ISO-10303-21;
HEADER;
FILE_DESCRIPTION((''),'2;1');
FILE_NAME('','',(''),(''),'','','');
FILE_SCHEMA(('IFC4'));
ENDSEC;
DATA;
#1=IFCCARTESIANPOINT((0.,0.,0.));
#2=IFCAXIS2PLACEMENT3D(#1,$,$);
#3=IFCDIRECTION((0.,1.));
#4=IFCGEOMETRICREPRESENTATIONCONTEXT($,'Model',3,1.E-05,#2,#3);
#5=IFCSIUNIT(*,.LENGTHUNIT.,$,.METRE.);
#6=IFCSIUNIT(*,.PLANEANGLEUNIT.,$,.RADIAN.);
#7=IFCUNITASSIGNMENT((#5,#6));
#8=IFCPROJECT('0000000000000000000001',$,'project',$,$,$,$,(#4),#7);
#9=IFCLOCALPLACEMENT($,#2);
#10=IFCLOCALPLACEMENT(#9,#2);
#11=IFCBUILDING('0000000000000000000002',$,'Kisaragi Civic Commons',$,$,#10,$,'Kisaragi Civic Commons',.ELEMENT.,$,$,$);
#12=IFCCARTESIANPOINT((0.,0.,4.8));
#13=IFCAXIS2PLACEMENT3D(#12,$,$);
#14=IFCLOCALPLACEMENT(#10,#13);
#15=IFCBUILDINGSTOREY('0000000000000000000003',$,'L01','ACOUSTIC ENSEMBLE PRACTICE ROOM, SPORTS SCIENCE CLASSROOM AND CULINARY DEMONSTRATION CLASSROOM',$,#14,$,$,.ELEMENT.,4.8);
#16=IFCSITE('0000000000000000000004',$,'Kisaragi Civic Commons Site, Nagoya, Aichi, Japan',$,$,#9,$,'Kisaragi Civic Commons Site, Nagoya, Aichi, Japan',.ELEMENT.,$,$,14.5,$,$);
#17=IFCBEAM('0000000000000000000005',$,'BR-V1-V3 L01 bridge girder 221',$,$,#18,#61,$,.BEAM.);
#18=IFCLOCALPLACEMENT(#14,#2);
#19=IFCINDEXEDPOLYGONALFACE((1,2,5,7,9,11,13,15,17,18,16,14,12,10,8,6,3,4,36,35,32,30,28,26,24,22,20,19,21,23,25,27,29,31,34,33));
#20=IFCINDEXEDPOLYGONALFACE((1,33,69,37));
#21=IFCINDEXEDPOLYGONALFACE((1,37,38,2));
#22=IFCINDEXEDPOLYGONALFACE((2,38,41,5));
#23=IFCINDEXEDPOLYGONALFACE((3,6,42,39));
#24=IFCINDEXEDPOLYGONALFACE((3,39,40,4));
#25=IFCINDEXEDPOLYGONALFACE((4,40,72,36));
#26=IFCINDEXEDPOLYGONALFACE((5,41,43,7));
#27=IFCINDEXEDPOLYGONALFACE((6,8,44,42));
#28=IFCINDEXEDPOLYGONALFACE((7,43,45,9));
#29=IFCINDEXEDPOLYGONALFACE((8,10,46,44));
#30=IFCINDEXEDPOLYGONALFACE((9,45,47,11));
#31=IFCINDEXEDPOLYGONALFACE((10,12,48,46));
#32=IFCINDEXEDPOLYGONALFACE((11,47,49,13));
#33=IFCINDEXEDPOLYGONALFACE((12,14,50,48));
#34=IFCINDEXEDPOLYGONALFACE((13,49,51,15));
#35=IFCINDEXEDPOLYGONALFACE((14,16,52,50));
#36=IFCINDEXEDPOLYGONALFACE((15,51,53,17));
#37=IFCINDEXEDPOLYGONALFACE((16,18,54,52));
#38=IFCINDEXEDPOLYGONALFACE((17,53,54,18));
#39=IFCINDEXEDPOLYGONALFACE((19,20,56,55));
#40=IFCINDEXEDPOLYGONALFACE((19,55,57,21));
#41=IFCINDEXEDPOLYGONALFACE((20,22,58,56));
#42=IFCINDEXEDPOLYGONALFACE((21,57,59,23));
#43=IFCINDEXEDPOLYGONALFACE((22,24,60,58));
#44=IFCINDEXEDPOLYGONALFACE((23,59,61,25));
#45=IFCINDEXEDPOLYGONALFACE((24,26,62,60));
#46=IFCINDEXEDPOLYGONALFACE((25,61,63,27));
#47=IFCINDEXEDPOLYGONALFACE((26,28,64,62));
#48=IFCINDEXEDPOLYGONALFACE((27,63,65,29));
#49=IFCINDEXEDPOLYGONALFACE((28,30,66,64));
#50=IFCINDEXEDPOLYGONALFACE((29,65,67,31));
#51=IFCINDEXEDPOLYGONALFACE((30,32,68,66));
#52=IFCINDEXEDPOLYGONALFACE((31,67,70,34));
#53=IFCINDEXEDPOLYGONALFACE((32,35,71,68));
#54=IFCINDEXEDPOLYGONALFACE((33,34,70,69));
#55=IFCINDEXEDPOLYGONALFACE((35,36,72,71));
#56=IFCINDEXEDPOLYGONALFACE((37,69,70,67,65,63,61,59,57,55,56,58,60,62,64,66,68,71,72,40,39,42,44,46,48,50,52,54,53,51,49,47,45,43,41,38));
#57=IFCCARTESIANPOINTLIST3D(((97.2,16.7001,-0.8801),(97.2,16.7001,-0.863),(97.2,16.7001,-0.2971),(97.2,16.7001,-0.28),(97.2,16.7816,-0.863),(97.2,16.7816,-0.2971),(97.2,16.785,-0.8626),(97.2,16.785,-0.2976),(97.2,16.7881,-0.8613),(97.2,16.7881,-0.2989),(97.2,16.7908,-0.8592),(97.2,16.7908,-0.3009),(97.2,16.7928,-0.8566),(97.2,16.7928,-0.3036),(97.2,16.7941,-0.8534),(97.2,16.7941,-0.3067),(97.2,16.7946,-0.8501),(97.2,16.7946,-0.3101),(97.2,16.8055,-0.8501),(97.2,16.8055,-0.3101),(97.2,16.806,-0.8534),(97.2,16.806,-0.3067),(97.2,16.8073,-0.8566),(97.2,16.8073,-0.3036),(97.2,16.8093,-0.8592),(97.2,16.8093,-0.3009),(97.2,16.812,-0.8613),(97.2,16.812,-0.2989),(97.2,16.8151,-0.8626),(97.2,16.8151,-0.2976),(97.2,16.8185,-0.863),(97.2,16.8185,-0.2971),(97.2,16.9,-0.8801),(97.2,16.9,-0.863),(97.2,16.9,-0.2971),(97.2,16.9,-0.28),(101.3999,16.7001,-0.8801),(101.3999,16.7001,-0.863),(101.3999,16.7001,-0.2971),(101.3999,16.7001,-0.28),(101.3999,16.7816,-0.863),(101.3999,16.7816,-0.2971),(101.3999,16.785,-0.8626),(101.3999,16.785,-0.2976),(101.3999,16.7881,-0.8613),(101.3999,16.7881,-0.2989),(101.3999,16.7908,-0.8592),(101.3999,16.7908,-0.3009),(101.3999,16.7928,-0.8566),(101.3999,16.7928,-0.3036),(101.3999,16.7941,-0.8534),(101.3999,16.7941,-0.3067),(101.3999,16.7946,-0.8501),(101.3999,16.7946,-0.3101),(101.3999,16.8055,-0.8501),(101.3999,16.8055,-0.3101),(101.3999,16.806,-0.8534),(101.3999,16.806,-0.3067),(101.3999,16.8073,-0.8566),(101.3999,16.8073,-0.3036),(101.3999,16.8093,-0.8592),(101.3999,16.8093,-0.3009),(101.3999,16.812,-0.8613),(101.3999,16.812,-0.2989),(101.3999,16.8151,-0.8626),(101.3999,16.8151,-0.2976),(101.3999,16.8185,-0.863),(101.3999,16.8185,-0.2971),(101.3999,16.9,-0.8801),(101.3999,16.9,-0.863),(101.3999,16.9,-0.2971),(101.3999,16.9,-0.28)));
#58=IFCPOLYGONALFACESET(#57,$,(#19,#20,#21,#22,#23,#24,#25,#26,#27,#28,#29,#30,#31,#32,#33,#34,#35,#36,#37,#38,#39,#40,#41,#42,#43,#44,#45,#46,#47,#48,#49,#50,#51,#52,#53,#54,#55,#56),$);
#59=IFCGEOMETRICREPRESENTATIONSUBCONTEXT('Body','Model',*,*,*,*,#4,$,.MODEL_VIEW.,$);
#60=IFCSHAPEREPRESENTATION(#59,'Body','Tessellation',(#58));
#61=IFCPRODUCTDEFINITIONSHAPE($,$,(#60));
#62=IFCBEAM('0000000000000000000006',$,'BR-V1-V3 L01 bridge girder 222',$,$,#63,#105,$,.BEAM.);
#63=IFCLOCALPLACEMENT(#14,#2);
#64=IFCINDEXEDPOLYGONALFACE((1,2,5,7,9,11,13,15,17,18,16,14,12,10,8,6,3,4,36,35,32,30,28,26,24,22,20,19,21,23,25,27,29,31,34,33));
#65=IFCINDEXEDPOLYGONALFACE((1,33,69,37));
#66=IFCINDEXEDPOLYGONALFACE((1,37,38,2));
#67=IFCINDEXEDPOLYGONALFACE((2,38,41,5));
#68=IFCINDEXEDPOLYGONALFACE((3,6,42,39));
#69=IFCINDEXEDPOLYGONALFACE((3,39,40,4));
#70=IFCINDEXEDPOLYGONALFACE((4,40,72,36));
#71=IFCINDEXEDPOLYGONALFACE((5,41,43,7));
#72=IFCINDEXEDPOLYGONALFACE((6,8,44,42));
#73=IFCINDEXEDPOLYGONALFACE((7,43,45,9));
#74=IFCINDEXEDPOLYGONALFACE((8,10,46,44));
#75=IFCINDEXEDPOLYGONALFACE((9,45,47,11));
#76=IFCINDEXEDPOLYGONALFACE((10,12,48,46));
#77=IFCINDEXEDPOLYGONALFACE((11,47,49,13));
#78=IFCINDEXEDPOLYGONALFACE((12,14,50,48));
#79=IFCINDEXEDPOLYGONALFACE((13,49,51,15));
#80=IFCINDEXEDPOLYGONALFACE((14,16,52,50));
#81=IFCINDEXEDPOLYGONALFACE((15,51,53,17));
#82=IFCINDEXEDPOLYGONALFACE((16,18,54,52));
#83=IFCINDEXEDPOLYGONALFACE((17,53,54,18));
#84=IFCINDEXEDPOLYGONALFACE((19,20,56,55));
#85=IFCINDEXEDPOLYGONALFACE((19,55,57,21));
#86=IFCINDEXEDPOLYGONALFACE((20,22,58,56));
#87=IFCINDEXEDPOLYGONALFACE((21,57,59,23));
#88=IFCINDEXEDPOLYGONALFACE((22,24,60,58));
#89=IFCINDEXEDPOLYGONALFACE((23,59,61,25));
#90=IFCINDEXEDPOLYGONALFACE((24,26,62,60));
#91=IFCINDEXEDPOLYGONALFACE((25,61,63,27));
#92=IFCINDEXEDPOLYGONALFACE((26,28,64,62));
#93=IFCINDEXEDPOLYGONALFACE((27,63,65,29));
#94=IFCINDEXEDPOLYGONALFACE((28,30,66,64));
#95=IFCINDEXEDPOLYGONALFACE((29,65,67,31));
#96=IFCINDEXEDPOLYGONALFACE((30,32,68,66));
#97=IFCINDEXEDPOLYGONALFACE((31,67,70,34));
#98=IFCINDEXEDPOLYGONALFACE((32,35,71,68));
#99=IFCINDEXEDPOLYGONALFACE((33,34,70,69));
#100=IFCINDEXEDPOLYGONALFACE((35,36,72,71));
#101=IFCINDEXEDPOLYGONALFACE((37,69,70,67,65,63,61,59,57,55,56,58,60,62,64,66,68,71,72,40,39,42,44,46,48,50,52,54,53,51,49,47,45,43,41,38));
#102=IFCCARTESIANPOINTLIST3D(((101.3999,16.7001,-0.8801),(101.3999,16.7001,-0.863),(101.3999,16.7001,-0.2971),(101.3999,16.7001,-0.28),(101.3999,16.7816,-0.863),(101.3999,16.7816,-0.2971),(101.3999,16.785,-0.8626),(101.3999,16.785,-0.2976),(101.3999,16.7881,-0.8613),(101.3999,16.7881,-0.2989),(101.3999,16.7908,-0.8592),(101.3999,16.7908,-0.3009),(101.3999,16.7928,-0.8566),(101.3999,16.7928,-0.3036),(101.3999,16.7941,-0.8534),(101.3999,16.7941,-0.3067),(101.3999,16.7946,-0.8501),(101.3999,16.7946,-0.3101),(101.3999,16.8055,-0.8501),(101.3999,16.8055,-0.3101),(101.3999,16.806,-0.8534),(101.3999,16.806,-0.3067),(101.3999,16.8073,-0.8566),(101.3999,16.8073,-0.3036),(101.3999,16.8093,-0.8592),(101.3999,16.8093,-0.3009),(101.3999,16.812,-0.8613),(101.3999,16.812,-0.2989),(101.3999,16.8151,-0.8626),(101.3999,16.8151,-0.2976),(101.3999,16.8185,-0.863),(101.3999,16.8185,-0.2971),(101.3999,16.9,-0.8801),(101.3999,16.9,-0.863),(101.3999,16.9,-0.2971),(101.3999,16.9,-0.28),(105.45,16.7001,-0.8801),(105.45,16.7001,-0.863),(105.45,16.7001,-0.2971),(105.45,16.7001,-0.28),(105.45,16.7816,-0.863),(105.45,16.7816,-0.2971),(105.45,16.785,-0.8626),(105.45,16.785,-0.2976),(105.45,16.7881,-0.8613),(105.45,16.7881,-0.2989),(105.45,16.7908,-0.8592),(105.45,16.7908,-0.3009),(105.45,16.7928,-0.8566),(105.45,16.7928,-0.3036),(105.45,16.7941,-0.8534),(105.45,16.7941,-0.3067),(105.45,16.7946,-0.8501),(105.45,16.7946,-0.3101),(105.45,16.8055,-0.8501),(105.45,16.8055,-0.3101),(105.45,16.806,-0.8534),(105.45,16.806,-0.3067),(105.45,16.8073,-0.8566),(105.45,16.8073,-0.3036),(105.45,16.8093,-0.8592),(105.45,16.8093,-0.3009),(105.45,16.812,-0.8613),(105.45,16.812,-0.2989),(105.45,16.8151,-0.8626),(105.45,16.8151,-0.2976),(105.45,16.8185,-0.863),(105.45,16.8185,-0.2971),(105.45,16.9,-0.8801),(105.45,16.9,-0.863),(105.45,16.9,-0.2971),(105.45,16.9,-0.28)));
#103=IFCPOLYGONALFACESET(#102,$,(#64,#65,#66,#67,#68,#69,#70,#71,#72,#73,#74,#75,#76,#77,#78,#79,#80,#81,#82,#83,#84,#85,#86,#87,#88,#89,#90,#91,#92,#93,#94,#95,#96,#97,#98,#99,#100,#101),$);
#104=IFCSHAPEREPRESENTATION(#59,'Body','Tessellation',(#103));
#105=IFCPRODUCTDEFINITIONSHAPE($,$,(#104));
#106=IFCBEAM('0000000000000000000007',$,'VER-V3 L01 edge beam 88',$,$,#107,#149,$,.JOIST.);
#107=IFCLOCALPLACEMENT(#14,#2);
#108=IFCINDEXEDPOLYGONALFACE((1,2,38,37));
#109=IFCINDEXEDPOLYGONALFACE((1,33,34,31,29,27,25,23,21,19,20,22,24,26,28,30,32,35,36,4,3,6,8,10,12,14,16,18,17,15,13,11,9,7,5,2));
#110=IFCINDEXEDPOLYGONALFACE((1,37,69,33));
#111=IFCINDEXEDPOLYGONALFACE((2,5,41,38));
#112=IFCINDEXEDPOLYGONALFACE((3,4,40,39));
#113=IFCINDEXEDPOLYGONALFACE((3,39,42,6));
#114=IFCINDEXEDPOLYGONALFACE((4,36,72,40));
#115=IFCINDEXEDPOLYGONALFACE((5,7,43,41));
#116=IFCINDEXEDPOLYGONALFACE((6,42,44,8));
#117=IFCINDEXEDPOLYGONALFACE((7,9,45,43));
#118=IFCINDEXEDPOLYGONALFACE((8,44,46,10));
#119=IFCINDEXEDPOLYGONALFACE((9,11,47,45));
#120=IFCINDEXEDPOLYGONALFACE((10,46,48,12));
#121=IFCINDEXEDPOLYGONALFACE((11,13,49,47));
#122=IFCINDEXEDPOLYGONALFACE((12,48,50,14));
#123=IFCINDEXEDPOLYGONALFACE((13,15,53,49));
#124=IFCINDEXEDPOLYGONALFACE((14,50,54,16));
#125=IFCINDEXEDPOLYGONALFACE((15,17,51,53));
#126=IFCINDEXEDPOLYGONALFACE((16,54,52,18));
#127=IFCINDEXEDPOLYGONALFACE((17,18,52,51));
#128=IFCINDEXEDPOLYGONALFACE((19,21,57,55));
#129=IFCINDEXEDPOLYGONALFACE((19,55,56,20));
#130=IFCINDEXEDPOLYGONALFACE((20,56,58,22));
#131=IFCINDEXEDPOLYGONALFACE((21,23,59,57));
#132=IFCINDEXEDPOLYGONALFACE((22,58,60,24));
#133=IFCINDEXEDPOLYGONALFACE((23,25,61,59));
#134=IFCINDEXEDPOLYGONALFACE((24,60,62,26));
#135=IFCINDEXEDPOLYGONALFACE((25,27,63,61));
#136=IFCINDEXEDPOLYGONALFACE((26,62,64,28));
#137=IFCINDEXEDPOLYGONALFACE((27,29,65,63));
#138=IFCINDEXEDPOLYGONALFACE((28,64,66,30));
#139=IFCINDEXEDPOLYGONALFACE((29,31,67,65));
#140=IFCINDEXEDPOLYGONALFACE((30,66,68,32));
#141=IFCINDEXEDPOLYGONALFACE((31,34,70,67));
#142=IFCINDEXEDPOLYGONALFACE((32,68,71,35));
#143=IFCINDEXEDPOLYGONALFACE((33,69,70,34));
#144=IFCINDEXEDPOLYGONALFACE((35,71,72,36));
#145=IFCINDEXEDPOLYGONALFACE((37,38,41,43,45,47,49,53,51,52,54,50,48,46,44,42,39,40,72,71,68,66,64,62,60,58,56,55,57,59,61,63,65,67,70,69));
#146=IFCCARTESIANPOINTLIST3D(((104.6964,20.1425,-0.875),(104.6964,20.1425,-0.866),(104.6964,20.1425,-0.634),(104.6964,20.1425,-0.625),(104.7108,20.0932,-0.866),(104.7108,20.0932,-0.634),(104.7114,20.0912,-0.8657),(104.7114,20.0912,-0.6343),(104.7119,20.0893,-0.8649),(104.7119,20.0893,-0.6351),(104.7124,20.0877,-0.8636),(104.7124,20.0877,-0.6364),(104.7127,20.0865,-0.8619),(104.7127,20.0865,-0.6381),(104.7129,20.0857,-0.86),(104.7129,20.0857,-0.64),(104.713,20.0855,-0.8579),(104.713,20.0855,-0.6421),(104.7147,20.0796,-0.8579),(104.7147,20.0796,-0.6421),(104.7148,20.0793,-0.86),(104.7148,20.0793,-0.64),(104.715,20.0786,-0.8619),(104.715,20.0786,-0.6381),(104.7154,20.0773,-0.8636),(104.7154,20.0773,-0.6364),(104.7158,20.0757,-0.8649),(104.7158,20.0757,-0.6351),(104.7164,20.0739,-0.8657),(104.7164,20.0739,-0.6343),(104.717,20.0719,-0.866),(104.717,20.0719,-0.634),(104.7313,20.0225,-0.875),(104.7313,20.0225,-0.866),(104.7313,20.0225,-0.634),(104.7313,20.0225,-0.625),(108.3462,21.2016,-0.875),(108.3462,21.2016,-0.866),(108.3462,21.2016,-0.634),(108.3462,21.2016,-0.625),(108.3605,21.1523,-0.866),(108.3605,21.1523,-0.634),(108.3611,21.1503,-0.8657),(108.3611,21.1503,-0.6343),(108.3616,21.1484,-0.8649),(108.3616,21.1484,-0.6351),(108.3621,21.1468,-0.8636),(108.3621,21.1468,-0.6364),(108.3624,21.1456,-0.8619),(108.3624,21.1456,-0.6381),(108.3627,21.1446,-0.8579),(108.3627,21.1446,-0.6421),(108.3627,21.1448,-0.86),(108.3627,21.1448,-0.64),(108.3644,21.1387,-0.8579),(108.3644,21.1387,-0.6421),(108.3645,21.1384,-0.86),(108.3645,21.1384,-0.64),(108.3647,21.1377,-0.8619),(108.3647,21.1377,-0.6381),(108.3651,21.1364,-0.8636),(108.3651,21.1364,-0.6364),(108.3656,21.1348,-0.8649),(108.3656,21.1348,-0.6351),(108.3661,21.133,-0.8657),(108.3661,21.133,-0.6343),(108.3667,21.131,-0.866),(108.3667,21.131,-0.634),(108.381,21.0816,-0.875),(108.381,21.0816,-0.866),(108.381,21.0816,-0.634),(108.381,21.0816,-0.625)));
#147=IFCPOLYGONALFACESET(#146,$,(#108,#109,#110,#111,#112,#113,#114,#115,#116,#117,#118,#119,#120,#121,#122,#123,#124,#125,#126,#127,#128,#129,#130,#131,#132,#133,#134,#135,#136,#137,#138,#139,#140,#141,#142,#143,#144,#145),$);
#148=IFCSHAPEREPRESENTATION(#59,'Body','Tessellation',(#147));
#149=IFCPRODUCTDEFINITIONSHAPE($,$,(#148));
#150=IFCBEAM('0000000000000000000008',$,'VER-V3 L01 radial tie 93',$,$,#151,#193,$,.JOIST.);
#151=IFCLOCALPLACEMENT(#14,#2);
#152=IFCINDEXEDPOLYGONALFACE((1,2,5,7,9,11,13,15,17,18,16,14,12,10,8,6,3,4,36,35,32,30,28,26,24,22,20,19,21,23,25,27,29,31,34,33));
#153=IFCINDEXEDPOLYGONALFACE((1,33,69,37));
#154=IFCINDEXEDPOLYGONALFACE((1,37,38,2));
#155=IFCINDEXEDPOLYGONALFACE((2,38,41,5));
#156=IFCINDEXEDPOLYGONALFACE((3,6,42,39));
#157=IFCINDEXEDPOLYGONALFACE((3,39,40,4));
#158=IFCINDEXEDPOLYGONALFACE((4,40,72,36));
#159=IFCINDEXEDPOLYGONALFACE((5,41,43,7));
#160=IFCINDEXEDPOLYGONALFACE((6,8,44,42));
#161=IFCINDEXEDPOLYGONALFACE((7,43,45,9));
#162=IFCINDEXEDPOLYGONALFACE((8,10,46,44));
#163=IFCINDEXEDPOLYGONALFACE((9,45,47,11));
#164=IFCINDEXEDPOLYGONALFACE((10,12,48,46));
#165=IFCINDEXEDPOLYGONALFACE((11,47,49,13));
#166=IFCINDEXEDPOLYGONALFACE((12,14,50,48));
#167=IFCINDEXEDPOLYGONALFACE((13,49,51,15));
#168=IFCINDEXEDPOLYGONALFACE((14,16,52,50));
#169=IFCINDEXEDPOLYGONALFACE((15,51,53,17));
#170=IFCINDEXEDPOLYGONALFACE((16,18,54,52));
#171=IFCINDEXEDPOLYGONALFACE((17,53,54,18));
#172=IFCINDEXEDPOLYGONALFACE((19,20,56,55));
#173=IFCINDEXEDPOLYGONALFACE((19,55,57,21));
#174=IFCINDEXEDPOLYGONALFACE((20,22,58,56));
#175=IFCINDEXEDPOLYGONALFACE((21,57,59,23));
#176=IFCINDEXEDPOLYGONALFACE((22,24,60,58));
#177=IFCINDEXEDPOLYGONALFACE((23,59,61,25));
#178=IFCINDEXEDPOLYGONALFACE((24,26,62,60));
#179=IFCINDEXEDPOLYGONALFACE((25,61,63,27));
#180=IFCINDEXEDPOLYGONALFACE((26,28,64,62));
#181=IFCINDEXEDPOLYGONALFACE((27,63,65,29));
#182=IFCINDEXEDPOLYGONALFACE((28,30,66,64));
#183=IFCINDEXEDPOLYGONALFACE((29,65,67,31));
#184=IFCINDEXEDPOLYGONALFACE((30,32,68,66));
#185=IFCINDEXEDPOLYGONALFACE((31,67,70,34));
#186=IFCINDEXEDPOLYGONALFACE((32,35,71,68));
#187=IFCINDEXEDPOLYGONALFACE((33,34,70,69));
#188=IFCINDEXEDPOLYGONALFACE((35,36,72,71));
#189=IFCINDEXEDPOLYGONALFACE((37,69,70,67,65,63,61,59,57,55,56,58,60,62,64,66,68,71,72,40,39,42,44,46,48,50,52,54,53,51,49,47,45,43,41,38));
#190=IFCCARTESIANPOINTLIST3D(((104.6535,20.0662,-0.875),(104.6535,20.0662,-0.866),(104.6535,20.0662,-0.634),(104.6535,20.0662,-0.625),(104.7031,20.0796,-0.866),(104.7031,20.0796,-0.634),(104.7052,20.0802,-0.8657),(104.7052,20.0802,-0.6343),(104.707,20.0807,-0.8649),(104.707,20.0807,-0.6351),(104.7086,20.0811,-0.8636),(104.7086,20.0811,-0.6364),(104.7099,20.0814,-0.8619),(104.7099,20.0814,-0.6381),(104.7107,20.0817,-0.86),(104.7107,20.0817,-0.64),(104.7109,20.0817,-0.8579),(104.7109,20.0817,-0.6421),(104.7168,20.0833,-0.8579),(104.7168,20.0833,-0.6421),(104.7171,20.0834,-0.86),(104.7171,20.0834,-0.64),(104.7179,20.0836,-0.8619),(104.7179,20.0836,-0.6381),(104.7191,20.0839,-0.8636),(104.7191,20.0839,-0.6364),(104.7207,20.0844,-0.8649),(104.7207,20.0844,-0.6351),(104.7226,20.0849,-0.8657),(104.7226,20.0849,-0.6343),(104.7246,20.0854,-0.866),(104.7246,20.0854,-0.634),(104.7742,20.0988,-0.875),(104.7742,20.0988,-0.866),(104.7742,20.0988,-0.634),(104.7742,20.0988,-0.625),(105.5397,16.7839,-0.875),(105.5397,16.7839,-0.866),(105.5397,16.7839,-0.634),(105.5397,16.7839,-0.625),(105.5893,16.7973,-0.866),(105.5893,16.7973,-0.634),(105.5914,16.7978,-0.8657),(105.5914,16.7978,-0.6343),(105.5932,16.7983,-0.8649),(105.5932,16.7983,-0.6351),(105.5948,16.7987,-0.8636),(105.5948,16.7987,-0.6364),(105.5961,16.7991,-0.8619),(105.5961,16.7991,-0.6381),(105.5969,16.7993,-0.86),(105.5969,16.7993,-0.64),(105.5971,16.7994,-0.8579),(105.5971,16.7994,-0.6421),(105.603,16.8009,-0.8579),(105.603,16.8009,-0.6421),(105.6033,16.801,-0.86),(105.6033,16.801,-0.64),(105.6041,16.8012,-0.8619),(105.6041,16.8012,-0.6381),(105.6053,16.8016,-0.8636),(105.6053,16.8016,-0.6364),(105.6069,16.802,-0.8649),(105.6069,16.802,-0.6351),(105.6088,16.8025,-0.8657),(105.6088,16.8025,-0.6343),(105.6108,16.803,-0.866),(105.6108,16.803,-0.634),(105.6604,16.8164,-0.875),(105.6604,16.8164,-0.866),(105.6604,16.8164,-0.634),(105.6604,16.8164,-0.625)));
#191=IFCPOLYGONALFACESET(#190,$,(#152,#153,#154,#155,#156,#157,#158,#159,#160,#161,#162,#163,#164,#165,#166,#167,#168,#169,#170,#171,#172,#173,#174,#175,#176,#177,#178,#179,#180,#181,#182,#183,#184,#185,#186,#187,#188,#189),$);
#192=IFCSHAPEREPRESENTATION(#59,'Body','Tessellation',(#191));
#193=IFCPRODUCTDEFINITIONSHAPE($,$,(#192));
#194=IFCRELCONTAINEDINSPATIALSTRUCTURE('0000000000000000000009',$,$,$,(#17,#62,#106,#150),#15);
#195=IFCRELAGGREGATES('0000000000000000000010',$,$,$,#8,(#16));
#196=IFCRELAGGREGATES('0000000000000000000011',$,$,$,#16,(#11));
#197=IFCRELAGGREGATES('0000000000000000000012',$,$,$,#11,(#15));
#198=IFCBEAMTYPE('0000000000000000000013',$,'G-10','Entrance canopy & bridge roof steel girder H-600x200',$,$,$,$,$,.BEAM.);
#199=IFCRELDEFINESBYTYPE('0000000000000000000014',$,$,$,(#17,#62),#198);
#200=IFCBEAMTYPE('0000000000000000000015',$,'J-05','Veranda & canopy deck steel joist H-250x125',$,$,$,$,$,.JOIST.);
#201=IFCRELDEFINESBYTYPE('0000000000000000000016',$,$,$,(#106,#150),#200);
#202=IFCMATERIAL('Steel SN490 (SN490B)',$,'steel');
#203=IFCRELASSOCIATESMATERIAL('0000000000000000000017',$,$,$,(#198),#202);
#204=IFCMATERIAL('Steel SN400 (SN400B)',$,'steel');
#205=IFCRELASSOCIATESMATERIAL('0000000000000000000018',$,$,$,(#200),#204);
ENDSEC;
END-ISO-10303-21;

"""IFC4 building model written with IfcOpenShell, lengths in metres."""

from ifc_helpers import new_model, si_unit, direction, frame, origin, origin_2d, place, context, subcontext, project, spatial, i_section, extrude, material, material_profile, profile_set, type_object, element, save


model = new_model("IFC4")

# Units and contexts
model_context = context("Model", 3, precision=1e-05, world=origin(), true_north=direction((0.0, 1.0)))
body_context = subcontext(model_context, "Body", "Model", "MODEL_VIEW")
ifc_project = project(units=[si_unit("LENGTHUNIT", "METRE"), si_unit("PLANEANGLEUNIT", "RADIAN")], contexts=[model_context])

# Site, building, storey
site_placement = place(None, origin())
site = spatial("IfcSite", under=ifc_project, at=site_placement, Name="Kisaragi Civic Commons Site, Nagoya, Aichi, Japan", LongName="Kisaragi Civic Commons Site, Nagoya, Aichi, Japan", CompositionType="ELEMENT", RefElevation=14.5)
building_placement = place(site_placement, origin())
building = spatial("IfcBuilding", under=site, at=building_placement, Name="Kisaragi Civic Commons", LongName="Kisaragi Civic Commons", CompositionType="ELEMENT")
storey_placement = place(building_placement, frame((0.0, 0.0, 4.8)))
storey = spatial("IfcBuildingStorey", under=building, at=storey_placement, Name="L01", Description="ACOUSTIC ENSEMBLE PRACTICE ROOM, SPORTS SCIENCE CLASSROOM AND CULINARY DEMONSTRATION CLASSROOM", CompositionType="ELEMENT", Elevation=4.8)

# Beams
ifc_material_1 = material(Name="Steel SN490 (SN490B)", Category="steel")
ifc_material_profile_1 = material_profile(ifc_material_1, i_section(OverallWidth=0.2, OverallDepth=0.6001, WebThickness=0.011, FlangeThickness=0.0171, FilletRadius=0.0129, at=origin_2d()), Name="H-600x200x11x17", Category="steel")
ifc_profile_set_1 = profile_set([ifc_material_profile_1], Name="Steel SN490 (SN490B)")
beam_type_1 = type_object("IfcBeamType", Name="G-10", Description="Entrance canopy & bridge roof steel girder H-600x200", PredefinedType="BEAM", material=ifc_profile_set_1)
beam_1_placement = place(storey_placement, frame((97.2, 16.8, -0.5801), z_axis=(1.0, 0.0, 0.0), x_axis=(0.0, 1.0, 0.0)))
element("IfcBeam", 1, at=beam_1_placement, inside=storey, type_object=beam_type_1, Name="BR-V1-V3 L01 bridge girder 221", PredefinedType="BEAM", context=body_context, shape_type="SweptSolid", body=[
    extrude(i_section(OverallWidth=0.2, OverallDepth=0.6001, WebThickness=0.011, FlangeThickness=0.0171, FilletRadius=0.0129, at=origin_2d()), origin(), (0.0, 0.0, 1.0), 4.2),
])
beam_2_placement = place(storey_placement, frame((101.3999, 16.8, -0.5801), z_axis=(1.0, 0.0, 0.0), x_axis=(0.0, 1.0, 0.0)))
element("IfcBeam", 2, at=beam_2_placement, inside=storey, type_object=beam_type_1, Name="BR-V1-V3 L01 bridge girder 222", PredefinedType="BEAM", context=body_context, shape_type="SweptSolid", body=[
    extrude(i_section(OverallWidth=0.2, OverallDepth=0.6001, WebThickness=0.011, FlangeThickness=0.0171, FilletRadius=0.0129, at=origin_2d()), origin(), (0.0, 0.0, 1.0), 4.05),
])
ifc_material_2 = material(Name="Steel SN400 (SN400B)", Category="steel")
ifc_material_profile_2 = material_profile(ifc_material_2, i_section(OverallWidth=0.125, OverallDepth=0.25, WebThickness=0.0061, FlangeThickness=0.009, FilletRadius=0.0081, at=origin_2d()), Name="H-250x125x6x9", Category="steel")
ifc_profile_set_2 = profile_set([ifc_material_profile_2], Name="Steel SN400 (SN400B)")
beam_type_2 = type_object("IfcBeamType", Name="J-05", Description="Veranda & canopy deck steel joist H-250x125", PredefinedType="JOIST", material=ifc_profile_set_2)
beam_3_placement = place(storey_placement, frame((104.7139, 20.0825, -0.75), z_axis=(0.960381, 0.27869, 0.0), x_axis=(-0.27869, 0.960381, 0.0)))
element("IfcBeam", 3, at=beam_3_placement, inside=storey, type_object=beam_type_2, Name="VER-V3 L01 edge beam 88", PredefinedType="JOIST", context=body_context, shape_type="SweptSolid", body=[
    extrude(i_section(OverallWidth=0.125, OverallDepth=0.25, WebThickness=0.0061, FlangeThickness=0.009, FilletRadius=0.0081, at=origin_2d()), origin(), (0.0, 0.0, 1.0), 3.8003),
])
beam_4_placement = place(storey_placement, frame((104.7139, 20.0825, -0.75), z_axis=(0.260656, -0.965432, 0.0), x_axis=(0.965432, 0.260656, 0.0)))
element("IfcBeam", 4, at=beam_4_placement, inside=storey, type_object=beam_type_2, Name="VER-V3 L01 radial tie 93", PredefinedType="JOIST", context=body_context, shape_type="SweptSolid", body=[
    extrude(i_section(OverallWidth=0.125, OverallDepth=0.25, WebThickness=0.0061, FlangeThickness=0.009, FilletRadius=0.0081, at=origin_2d()), origin(), (0.0, 0.0, 1.0), 3.3999),
])

save(model, "model.ifc")
